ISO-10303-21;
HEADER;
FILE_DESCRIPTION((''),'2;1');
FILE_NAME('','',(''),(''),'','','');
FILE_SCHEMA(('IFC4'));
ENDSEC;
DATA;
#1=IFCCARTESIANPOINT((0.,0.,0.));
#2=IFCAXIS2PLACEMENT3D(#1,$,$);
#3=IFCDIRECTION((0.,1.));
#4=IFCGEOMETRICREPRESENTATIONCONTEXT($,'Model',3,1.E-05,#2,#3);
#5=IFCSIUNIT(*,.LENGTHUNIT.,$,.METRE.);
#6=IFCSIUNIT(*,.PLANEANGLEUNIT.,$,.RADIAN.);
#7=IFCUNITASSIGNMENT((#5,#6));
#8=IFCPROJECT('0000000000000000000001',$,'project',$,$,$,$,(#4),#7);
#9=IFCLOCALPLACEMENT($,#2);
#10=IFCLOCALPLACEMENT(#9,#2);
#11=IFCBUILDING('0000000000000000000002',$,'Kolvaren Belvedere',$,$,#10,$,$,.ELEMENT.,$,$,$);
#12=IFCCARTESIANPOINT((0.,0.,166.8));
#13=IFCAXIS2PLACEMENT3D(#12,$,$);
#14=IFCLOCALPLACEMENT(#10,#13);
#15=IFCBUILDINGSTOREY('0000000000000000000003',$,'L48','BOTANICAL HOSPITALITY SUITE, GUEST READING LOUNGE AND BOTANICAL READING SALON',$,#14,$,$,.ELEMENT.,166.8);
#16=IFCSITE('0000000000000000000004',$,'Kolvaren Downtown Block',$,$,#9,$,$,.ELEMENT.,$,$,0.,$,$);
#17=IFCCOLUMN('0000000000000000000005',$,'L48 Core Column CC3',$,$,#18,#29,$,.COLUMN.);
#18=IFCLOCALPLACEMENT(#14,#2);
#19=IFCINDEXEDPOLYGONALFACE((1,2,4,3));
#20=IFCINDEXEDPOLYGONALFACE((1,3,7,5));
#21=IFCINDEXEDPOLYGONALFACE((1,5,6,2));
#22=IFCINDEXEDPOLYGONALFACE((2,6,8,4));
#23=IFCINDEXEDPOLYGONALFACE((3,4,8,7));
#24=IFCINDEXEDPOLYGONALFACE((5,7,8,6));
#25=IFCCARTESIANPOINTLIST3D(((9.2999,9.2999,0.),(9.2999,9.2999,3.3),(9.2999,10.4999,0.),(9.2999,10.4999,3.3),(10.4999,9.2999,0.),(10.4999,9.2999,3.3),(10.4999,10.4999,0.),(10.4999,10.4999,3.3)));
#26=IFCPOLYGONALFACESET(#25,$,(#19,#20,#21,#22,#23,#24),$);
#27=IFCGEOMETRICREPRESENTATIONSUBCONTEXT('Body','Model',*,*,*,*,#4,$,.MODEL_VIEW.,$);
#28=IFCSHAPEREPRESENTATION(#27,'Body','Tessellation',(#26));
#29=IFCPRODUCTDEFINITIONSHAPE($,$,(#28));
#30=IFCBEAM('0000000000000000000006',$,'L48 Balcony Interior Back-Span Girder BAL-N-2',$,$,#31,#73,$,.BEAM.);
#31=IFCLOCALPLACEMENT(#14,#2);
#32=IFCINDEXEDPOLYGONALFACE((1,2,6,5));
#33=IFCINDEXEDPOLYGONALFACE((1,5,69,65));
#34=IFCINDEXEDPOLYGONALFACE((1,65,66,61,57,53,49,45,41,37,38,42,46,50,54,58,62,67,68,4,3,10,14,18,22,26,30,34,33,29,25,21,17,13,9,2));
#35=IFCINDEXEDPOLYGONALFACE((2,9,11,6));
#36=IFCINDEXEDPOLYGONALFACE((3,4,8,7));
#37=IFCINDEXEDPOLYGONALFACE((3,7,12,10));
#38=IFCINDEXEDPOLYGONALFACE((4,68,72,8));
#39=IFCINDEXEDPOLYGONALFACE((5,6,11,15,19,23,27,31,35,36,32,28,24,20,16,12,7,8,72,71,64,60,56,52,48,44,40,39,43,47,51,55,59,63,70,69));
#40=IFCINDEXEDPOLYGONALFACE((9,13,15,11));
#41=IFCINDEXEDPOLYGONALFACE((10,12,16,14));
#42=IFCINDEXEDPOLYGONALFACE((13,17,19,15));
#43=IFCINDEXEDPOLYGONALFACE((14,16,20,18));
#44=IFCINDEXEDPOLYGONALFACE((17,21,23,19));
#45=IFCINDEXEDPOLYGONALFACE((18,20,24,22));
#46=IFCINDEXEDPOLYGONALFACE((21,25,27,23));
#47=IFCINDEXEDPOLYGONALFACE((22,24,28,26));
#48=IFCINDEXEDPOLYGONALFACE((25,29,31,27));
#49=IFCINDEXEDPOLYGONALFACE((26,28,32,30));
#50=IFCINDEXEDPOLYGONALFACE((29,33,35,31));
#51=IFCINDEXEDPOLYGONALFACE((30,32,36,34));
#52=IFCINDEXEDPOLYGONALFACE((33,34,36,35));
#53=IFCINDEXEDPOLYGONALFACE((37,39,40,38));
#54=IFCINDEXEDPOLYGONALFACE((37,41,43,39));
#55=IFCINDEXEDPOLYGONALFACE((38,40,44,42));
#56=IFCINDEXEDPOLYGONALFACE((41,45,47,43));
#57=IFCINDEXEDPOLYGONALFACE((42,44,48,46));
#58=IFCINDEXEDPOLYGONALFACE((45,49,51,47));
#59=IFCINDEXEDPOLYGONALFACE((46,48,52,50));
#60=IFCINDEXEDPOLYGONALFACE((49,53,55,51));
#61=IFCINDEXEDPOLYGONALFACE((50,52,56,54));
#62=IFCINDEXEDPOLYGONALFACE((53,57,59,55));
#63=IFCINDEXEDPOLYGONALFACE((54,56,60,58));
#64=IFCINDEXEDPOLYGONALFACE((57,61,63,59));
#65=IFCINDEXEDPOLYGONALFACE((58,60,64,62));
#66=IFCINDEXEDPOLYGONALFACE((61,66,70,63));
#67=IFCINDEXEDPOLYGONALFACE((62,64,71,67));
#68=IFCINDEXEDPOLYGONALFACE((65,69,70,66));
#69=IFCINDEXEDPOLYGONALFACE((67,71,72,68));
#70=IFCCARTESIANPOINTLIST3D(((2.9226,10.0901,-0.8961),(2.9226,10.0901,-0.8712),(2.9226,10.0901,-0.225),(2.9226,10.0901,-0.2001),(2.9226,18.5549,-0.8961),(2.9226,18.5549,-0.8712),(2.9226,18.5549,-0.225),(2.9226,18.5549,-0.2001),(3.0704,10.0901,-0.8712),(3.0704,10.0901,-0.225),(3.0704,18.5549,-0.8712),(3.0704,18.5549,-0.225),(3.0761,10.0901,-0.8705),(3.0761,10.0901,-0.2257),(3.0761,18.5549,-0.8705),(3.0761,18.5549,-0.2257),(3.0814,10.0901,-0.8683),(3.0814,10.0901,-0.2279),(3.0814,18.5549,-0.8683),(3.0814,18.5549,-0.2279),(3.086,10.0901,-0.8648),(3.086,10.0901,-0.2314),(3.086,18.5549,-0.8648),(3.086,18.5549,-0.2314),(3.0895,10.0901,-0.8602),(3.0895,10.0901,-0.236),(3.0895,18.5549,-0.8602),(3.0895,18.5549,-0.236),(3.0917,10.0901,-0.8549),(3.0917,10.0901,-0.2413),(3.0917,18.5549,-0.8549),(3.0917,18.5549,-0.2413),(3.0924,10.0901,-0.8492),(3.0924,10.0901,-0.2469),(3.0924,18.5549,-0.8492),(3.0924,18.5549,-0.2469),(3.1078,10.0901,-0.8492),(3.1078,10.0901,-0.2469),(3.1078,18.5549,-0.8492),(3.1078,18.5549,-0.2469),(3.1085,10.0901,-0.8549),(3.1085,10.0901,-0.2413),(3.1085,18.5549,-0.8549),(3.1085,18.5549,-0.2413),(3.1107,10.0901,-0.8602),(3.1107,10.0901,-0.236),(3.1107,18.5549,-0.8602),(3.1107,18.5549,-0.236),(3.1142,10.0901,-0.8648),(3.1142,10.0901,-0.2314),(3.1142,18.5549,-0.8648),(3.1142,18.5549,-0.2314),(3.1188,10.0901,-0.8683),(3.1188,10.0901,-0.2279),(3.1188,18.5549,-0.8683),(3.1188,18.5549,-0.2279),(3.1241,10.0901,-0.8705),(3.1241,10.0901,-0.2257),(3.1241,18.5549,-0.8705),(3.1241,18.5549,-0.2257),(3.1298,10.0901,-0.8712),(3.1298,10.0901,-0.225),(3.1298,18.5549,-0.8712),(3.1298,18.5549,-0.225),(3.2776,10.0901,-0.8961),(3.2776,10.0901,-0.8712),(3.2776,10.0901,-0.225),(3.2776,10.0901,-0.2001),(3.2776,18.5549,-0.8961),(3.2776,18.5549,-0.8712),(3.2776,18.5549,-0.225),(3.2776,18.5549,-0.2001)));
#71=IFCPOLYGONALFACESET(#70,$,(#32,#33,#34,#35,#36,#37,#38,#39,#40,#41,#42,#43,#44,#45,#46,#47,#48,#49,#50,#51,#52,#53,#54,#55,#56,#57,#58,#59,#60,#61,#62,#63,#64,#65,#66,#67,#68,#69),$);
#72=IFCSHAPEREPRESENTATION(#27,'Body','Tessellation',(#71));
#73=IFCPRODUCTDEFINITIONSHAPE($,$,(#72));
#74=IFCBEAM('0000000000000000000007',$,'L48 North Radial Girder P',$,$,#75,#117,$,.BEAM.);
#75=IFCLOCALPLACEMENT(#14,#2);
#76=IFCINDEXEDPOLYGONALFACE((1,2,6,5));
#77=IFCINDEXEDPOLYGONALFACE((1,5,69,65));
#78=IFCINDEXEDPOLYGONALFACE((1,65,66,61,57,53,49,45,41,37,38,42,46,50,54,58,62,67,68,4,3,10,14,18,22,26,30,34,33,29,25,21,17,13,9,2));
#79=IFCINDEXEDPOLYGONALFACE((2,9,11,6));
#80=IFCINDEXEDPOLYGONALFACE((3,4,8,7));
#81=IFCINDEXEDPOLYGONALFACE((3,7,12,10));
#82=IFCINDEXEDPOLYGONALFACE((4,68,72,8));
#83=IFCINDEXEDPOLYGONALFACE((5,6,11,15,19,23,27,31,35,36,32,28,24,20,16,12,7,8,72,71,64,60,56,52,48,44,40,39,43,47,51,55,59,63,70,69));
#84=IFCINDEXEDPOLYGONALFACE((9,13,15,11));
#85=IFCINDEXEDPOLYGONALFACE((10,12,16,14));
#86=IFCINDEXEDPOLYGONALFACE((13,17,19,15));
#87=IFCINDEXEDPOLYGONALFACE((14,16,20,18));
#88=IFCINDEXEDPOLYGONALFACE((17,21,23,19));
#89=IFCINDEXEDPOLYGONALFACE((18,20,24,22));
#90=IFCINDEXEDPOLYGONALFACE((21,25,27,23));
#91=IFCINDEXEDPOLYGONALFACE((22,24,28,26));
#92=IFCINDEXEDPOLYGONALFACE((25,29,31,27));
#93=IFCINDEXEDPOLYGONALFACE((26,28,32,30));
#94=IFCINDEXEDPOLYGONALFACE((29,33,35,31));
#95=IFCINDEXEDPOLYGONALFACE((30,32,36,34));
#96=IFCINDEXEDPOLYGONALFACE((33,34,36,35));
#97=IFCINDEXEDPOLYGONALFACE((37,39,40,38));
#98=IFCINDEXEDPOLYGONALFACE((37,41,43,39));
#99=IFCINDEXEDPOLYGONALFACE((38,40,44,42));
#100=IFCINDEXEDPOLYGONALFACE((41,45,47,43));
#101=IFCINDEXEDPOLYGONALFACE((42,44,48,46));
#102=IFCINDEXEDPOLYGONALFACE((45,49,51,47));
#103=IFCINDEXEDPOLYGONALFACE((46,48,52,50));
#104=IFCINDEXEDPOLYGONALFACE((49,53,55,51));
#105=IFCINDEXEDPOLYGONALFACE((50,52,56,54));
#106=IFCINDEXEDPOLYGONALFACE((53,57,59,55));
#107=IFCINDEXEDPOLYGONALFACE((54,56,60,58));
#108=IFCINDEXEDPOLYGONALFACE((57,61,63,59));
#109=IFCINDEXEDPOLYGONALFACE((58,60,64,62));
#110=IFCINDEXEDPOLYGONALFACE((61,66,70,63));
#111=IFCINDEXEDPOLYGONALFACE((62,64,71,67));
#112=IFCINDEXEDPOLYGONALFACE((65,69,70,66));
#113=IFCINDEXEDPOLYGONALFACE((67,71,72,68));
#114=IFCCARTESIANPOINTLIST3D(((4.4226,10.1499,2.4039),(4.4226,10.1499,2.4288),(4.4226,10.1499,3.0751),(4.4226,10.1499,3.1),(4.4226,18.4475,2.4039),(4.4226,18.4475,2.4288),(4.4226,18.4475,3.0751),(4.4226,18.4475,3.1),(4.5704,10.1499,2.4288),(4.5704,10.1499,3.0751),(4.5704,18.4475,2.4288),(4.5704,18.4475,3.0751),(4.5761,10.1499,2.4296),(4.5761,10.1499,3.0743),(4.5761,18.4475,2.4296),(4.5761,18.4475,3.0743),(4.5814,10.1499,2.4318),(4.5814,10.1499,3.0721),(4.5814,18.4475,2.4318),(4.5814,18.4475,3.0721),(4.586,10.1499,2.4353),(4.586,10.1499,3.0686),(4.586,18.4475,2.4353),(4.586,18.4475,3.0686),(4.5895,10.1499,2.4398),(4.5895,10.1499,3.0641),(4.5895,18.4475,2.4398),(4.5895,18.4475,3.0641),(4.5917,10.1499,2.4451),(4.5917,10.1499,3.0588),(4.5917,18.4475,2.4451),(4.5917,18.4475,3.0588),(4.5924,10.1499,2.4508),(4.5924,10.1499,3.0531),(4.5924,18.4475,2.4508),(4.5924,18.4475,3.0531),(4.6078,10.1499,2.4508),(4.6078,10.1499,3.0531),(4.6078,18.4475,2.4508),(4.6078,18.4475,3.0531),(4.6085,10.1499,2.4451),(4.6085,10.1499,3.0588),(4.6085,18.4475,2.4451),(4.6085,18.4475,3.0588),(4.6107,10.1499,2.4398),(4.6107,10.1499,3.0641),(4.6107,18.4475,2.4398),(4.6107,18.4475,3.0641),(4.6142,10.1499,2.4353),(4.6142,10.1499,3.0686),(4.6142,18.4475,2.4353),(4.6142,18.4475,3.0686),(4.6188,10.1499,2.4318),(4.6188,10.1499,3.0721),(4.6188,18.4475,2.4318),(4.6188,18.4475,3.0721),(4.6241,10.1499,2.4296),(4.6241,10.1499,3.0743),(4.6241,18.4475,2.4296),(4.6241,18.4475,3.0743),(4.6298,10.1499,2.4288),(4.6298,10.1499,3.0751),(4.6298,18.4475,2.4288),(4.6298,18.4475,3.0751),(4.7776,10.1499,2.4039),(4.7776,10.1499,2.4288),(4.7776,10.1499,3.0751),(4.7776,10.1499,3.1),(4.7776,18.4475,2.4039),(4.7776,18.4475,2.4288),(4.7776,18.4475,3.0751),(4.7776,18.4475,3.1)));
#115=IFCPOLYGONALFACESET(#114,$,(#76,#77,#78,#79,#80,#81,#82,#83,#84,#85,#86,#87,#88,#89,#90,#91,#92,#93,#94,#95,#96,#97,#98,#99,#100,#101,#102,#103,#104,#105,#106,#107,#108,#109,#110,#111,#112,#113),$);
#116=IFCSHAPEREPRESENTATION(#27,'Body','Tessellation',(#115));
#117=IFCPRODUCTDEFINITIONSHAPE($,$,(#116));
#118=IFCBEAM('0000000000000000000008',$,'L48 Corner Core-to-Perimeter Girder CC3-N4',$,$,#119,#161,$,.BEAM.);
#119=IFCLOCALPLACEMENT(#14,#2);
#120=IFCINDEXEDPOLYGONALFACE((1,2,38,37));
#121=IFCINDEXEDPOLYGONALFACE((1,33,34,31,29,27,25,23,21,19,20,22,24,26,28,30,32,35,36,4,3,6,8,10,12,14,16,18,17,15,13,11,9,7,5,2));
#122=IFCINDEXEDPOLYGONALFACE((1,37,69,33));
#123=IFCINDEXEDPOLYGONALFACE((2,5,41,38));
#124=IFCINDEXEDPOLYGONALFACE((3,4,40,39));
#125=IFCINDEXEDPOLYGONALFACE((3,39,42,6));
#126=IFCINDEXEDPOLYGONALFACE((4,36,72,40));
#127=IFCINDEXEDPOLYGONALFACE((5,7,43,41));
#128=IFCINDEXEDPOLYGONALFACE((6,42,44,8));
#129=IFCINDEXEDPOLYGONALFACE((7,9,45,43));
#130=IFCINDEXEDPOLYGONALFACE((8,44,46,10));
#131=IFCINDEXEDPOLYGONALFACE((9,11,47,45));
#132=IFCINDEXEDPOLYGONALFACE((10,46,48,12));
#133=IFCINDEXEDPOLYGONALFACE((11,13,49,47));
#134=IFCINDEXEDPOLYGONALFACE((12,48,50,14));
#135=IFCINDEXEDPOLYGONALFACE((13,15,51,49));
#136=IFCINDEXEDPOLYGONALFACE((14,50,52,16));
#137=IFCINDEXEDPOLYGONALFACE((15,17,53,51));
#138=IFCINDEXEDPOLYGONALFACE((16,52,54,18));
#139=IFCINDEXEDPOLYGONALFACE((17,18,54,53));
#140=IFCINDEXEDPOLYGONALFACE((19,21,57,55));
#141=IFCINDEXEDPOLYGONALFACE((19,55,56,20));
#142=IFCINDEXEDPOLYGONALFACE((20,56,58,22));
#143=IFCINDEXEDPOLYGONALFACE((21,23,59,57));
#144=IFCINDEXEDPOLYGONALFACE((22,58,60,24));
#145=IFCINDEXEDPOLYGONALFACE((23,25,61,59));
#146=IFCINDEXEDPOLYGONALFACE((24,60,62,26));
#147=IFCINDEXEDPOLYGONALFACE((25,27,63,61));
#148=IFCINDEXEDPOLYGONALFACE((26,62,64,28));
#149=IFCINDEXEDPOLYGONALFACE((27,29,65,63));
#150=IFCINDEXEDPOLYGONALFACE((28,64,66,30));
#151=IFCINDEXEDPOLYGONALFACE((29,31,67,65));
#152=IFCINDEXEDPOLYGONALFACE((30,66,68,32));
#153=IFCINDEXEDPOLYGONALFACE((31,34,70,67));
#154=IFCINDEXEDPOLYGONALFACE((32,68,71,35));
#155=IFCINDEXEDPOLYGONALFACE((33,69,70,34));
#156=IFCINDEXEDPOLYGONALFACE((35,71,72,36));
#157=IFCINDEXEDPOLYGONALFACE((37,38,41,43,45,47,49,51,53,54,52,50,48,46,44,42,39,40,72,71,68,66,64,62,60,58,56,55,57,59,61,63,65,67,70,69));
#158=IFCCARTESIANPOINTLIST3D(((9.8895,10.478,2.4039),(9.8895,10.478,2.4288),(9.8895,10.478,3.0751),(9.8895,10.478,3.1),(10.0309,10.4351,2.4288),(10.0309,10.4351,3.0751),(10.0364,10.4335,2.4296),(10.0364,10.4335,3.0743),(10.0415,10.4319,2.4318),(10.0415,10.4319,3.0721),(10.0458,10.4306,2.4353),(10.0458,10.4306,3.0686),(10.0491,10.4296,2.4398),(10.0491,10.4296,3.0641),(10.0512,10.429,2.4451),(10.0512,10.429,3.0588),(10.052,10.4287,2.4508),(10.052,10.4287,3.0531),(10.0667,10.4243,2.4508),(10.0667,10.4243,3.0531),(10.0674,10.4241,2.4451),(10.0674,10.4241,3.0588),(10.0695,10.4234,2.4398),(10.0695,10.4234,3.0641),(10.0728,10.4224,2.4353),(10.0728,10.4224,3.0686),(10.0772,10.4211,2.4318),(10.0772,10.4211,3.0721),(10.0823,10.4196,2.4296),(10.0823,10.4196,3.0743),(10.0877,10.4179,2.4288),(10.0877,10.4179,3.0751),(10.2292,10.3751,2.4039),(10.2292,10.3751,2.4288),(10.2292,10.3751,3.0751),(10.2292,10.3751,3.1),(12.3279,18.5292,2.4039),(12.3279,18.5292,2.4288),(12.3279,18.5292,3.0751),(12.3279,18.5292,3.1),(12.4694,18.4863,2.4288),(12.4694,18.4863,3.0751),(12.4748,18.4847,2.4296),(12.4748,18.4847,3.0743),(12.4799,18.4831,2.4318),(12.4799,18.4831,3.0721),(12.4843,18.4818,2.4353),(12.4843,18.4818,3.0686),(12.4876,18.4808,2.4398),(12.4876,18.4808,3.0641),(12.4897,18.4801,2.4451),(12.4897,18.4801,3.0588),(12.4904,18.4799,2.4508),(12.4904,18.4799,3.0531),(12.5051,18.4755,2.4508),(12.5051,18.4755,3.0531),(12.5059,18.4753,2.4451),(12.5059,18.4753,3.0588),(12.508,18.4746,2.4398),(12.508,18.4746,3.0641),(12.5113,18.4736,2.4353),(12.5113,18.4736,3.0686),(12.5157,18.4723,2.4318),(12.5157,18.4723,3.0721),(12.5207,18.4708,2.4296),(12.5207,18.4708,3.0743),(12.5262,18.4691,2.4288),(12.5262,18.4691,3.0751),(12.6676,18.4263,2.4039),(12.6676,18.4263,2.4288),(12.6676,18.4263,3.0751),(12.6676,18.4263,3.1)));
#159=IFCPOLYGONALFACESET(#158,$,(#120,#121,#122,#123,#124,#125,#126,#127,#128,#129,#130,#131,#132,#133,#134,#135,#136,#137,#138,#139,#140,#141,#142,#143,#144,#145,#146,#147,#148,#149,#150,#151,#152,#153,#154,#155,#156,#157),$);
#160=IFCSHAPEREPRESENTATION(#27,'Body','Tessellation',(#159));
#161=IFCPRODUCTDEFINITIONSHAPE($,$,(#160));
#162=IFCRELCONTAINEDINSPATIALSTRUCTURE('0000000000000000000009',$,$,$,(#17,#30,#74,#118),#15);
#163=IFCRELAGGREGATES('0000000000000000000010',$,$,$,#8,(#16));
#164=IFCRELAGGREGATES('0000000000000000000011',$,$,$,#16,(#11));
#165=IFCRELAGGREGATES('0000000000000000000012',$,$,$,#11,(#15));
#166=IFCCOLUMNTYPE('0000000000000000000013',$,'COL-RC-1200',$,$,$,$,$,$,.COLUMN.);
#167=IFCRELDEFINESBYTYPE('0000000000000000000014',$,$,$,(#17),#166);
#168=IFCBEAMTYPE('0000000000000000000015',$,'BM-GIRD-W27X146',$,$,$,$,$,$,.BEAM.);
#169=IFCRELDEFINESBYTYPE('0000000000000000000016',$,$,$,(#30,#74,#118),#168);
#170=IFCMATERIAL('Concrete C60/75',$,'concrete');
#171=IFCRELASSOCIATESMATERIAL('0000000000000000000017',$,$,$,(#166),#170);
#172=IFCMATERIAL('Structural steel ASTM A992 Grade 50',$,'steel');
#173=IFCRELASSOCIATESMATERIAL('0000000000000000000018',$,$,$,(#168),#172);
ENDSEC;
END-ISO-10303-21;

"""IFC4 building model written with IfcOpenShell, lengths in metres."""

from ifc_helpers import new_model, si_unit, direction, frame, origin, origin_2d, place, context, subcontext, project, spatial, rectangle, i_section, extrude, material, material_profile, profile_set, type_object, element, save


model = new_model("IFC4")

# Units and contexts
model_context = context("Model", 3, precision=1e-05, world=origin(), true_north=direction((0.0, 1.0)))
body_context = subcontext(model_context, "Body", "Model", "MODEL_VIEW")
ifc_project = project(units=[si_unit("LENGTHUNIT", "METRE"), si_unit("PLANEANGLEUNIT", "RADIAN")], contexts=[model_context])

# Site, building, storey
site_placement = place(None, origin())
site = spatial("IfcSite", under=ifc_project, at=site_placement, Name="Kolvaren Downtown Block", CompositionType="ELEMENT", RefElevation=0.0)
building_placement = place(site_placement, origin())
building = spatial("IfcBuilding", under=site, at=building_placement, Name="Kolvaren Belvedere", CompositionType="ELEMENT")
storey_placement = place(building_placement, frame((0.0, 0.0, 166.8)))
storey = spatial("IfcBuildingStorey", under=building, at=storey_placement, Name="L48", Description="BOTANICAL HOSPITALITY SUITE, GUEST READING LOUNGE AND BOTANICAL READING SALON", CompositionType="ELEMENT", Elevation=166.8)

# Column
ifc_material_1 = material(Name="Concrete C60/75", Category="concrete")
ifc_material_profile_1 = material_profile(ifc_material_1, rectangle(XDim=1.2, YDim=1.2, at=origin_2d()), Name="RC 1200X1200")
ifc_profile_set_1 = profile_set([ifc_material_profile_1], Name="Concrete C60/75")
column_type = type_object("IfcColumnType", Name="COL-RC-1200", PredefinedType="COLUMN", material=ifc_profile_set_1)
column_placement = place(storey_placement, frame((9.8999, 9.8999, 0.0), z_axis=(0.0, 0.0, 1.0), x_axis=(1.0, 0.0, 0.0)))
element("IfcColumn", 1, at=column_placement, inside=storey, type_object=column_type, Name="L48 Core Column CC3", PredefinedType="COLUMN", context=body_context, shape_type="SweptSolid", body=[
    extrude(rectangle(XDim=1.2, YDim=1.2, at=origin_2d()), origin(), (0.0, 0.0, 1.0), 3.3),
])

# Beams
ifc_material_2 = material(Name="Structural steel ASTM A992 Grade 50", Category="steel")
ifc_material_profile_2 = material_profile(ifc_material_2, i_section(OverallWidth=0.355, OverallDepth=0.696, WebThickness=0.0154, FlangeThickness=0.0249, FilletRadius=0.022, at=origin_2d()), Name="W27X146")
ifc_profile_set_2 = profile_set([ifc_material_profile_2], Name="Structural steel ASTM A992 Grade 50")
beam_type_1 = type_object("IfcBeamType", Name="BM-GIRD-W27X146", PredefinedType="BEAM", material=ifc_profile_set_2)
beam_1_placement = place(storey_placement, frame((3.1001, 10.0901, -0.5481), z_axis=(0.0, 1.0, 0.0), x_axis=(-1.0, 0.0, 0.0)))
element("IfcBeam", 2, at=beam_1_placement, inside=storey, type_object=beam_type_1, Name="L48 Balcony Interior Back-Span Girder BAL-N-2", PredefinedType="BEAM", context=body_context, shape_type="SweptSolid", body=[
    extrude(i_section(OverallWidth=0.355, OverallDepth=0.696, WebThickness=0.0154, FlangeThickness=0.0249, FilletRadius=0.022, at=origin_2d()), origin(), (0.0, 0.0, 1.0), 8.4648),
])
beam_2_placement = place(storey_placement, frame((4.6001, 10.1499, 2.752), z_axis=(0.0, 1.0, 0.0), x_axis=(-1.0, 0.0, 0.0)))
element("IfcBeam", 3, at=beam_2_placement, inside=storey, type_object=beam_type_1, Name="L48 North Radial Girder P", PredefinedType="BEAM", context=body_context, shape_type="SweptSolid", body=[
    extrude(i_section(OverallWidth=0.355, OverallDepth=0.696, WebThickness=0.0154, FlangeThickness=0.0249, FilletRadius=0.022, at=origin_2d()), origin(), (0.0, 0.0, 1.0), 8.2976),
])
beam_3_placement = place(storey_placement, frame((10.0593, 10.4265, 2.752), z_axis=(0.289866, 0.957067, 0.0), x_axis=(-0.957067, 0.289866, 0.0)))
element("IfcBeam", 4, at=beam_3_placement, inside=storey, type_object=beam_type_1, Name="L48 Corner Core-to-Perimeter Girder CC3-N4", PredefinedType="BEAM", context=body_context, shape_type="SweptSolid", body=[
    extrude(i_section(OverallWidth=0.355, OverallDepth=0.696, WebThickness=0.0154, FlangeThickness=0.0249, FilletRadius=0.022, at=origin_2d()), origin(), (0.0, 0.0, 1.0), 8.4124),
])

save(model, "model.ifc")
